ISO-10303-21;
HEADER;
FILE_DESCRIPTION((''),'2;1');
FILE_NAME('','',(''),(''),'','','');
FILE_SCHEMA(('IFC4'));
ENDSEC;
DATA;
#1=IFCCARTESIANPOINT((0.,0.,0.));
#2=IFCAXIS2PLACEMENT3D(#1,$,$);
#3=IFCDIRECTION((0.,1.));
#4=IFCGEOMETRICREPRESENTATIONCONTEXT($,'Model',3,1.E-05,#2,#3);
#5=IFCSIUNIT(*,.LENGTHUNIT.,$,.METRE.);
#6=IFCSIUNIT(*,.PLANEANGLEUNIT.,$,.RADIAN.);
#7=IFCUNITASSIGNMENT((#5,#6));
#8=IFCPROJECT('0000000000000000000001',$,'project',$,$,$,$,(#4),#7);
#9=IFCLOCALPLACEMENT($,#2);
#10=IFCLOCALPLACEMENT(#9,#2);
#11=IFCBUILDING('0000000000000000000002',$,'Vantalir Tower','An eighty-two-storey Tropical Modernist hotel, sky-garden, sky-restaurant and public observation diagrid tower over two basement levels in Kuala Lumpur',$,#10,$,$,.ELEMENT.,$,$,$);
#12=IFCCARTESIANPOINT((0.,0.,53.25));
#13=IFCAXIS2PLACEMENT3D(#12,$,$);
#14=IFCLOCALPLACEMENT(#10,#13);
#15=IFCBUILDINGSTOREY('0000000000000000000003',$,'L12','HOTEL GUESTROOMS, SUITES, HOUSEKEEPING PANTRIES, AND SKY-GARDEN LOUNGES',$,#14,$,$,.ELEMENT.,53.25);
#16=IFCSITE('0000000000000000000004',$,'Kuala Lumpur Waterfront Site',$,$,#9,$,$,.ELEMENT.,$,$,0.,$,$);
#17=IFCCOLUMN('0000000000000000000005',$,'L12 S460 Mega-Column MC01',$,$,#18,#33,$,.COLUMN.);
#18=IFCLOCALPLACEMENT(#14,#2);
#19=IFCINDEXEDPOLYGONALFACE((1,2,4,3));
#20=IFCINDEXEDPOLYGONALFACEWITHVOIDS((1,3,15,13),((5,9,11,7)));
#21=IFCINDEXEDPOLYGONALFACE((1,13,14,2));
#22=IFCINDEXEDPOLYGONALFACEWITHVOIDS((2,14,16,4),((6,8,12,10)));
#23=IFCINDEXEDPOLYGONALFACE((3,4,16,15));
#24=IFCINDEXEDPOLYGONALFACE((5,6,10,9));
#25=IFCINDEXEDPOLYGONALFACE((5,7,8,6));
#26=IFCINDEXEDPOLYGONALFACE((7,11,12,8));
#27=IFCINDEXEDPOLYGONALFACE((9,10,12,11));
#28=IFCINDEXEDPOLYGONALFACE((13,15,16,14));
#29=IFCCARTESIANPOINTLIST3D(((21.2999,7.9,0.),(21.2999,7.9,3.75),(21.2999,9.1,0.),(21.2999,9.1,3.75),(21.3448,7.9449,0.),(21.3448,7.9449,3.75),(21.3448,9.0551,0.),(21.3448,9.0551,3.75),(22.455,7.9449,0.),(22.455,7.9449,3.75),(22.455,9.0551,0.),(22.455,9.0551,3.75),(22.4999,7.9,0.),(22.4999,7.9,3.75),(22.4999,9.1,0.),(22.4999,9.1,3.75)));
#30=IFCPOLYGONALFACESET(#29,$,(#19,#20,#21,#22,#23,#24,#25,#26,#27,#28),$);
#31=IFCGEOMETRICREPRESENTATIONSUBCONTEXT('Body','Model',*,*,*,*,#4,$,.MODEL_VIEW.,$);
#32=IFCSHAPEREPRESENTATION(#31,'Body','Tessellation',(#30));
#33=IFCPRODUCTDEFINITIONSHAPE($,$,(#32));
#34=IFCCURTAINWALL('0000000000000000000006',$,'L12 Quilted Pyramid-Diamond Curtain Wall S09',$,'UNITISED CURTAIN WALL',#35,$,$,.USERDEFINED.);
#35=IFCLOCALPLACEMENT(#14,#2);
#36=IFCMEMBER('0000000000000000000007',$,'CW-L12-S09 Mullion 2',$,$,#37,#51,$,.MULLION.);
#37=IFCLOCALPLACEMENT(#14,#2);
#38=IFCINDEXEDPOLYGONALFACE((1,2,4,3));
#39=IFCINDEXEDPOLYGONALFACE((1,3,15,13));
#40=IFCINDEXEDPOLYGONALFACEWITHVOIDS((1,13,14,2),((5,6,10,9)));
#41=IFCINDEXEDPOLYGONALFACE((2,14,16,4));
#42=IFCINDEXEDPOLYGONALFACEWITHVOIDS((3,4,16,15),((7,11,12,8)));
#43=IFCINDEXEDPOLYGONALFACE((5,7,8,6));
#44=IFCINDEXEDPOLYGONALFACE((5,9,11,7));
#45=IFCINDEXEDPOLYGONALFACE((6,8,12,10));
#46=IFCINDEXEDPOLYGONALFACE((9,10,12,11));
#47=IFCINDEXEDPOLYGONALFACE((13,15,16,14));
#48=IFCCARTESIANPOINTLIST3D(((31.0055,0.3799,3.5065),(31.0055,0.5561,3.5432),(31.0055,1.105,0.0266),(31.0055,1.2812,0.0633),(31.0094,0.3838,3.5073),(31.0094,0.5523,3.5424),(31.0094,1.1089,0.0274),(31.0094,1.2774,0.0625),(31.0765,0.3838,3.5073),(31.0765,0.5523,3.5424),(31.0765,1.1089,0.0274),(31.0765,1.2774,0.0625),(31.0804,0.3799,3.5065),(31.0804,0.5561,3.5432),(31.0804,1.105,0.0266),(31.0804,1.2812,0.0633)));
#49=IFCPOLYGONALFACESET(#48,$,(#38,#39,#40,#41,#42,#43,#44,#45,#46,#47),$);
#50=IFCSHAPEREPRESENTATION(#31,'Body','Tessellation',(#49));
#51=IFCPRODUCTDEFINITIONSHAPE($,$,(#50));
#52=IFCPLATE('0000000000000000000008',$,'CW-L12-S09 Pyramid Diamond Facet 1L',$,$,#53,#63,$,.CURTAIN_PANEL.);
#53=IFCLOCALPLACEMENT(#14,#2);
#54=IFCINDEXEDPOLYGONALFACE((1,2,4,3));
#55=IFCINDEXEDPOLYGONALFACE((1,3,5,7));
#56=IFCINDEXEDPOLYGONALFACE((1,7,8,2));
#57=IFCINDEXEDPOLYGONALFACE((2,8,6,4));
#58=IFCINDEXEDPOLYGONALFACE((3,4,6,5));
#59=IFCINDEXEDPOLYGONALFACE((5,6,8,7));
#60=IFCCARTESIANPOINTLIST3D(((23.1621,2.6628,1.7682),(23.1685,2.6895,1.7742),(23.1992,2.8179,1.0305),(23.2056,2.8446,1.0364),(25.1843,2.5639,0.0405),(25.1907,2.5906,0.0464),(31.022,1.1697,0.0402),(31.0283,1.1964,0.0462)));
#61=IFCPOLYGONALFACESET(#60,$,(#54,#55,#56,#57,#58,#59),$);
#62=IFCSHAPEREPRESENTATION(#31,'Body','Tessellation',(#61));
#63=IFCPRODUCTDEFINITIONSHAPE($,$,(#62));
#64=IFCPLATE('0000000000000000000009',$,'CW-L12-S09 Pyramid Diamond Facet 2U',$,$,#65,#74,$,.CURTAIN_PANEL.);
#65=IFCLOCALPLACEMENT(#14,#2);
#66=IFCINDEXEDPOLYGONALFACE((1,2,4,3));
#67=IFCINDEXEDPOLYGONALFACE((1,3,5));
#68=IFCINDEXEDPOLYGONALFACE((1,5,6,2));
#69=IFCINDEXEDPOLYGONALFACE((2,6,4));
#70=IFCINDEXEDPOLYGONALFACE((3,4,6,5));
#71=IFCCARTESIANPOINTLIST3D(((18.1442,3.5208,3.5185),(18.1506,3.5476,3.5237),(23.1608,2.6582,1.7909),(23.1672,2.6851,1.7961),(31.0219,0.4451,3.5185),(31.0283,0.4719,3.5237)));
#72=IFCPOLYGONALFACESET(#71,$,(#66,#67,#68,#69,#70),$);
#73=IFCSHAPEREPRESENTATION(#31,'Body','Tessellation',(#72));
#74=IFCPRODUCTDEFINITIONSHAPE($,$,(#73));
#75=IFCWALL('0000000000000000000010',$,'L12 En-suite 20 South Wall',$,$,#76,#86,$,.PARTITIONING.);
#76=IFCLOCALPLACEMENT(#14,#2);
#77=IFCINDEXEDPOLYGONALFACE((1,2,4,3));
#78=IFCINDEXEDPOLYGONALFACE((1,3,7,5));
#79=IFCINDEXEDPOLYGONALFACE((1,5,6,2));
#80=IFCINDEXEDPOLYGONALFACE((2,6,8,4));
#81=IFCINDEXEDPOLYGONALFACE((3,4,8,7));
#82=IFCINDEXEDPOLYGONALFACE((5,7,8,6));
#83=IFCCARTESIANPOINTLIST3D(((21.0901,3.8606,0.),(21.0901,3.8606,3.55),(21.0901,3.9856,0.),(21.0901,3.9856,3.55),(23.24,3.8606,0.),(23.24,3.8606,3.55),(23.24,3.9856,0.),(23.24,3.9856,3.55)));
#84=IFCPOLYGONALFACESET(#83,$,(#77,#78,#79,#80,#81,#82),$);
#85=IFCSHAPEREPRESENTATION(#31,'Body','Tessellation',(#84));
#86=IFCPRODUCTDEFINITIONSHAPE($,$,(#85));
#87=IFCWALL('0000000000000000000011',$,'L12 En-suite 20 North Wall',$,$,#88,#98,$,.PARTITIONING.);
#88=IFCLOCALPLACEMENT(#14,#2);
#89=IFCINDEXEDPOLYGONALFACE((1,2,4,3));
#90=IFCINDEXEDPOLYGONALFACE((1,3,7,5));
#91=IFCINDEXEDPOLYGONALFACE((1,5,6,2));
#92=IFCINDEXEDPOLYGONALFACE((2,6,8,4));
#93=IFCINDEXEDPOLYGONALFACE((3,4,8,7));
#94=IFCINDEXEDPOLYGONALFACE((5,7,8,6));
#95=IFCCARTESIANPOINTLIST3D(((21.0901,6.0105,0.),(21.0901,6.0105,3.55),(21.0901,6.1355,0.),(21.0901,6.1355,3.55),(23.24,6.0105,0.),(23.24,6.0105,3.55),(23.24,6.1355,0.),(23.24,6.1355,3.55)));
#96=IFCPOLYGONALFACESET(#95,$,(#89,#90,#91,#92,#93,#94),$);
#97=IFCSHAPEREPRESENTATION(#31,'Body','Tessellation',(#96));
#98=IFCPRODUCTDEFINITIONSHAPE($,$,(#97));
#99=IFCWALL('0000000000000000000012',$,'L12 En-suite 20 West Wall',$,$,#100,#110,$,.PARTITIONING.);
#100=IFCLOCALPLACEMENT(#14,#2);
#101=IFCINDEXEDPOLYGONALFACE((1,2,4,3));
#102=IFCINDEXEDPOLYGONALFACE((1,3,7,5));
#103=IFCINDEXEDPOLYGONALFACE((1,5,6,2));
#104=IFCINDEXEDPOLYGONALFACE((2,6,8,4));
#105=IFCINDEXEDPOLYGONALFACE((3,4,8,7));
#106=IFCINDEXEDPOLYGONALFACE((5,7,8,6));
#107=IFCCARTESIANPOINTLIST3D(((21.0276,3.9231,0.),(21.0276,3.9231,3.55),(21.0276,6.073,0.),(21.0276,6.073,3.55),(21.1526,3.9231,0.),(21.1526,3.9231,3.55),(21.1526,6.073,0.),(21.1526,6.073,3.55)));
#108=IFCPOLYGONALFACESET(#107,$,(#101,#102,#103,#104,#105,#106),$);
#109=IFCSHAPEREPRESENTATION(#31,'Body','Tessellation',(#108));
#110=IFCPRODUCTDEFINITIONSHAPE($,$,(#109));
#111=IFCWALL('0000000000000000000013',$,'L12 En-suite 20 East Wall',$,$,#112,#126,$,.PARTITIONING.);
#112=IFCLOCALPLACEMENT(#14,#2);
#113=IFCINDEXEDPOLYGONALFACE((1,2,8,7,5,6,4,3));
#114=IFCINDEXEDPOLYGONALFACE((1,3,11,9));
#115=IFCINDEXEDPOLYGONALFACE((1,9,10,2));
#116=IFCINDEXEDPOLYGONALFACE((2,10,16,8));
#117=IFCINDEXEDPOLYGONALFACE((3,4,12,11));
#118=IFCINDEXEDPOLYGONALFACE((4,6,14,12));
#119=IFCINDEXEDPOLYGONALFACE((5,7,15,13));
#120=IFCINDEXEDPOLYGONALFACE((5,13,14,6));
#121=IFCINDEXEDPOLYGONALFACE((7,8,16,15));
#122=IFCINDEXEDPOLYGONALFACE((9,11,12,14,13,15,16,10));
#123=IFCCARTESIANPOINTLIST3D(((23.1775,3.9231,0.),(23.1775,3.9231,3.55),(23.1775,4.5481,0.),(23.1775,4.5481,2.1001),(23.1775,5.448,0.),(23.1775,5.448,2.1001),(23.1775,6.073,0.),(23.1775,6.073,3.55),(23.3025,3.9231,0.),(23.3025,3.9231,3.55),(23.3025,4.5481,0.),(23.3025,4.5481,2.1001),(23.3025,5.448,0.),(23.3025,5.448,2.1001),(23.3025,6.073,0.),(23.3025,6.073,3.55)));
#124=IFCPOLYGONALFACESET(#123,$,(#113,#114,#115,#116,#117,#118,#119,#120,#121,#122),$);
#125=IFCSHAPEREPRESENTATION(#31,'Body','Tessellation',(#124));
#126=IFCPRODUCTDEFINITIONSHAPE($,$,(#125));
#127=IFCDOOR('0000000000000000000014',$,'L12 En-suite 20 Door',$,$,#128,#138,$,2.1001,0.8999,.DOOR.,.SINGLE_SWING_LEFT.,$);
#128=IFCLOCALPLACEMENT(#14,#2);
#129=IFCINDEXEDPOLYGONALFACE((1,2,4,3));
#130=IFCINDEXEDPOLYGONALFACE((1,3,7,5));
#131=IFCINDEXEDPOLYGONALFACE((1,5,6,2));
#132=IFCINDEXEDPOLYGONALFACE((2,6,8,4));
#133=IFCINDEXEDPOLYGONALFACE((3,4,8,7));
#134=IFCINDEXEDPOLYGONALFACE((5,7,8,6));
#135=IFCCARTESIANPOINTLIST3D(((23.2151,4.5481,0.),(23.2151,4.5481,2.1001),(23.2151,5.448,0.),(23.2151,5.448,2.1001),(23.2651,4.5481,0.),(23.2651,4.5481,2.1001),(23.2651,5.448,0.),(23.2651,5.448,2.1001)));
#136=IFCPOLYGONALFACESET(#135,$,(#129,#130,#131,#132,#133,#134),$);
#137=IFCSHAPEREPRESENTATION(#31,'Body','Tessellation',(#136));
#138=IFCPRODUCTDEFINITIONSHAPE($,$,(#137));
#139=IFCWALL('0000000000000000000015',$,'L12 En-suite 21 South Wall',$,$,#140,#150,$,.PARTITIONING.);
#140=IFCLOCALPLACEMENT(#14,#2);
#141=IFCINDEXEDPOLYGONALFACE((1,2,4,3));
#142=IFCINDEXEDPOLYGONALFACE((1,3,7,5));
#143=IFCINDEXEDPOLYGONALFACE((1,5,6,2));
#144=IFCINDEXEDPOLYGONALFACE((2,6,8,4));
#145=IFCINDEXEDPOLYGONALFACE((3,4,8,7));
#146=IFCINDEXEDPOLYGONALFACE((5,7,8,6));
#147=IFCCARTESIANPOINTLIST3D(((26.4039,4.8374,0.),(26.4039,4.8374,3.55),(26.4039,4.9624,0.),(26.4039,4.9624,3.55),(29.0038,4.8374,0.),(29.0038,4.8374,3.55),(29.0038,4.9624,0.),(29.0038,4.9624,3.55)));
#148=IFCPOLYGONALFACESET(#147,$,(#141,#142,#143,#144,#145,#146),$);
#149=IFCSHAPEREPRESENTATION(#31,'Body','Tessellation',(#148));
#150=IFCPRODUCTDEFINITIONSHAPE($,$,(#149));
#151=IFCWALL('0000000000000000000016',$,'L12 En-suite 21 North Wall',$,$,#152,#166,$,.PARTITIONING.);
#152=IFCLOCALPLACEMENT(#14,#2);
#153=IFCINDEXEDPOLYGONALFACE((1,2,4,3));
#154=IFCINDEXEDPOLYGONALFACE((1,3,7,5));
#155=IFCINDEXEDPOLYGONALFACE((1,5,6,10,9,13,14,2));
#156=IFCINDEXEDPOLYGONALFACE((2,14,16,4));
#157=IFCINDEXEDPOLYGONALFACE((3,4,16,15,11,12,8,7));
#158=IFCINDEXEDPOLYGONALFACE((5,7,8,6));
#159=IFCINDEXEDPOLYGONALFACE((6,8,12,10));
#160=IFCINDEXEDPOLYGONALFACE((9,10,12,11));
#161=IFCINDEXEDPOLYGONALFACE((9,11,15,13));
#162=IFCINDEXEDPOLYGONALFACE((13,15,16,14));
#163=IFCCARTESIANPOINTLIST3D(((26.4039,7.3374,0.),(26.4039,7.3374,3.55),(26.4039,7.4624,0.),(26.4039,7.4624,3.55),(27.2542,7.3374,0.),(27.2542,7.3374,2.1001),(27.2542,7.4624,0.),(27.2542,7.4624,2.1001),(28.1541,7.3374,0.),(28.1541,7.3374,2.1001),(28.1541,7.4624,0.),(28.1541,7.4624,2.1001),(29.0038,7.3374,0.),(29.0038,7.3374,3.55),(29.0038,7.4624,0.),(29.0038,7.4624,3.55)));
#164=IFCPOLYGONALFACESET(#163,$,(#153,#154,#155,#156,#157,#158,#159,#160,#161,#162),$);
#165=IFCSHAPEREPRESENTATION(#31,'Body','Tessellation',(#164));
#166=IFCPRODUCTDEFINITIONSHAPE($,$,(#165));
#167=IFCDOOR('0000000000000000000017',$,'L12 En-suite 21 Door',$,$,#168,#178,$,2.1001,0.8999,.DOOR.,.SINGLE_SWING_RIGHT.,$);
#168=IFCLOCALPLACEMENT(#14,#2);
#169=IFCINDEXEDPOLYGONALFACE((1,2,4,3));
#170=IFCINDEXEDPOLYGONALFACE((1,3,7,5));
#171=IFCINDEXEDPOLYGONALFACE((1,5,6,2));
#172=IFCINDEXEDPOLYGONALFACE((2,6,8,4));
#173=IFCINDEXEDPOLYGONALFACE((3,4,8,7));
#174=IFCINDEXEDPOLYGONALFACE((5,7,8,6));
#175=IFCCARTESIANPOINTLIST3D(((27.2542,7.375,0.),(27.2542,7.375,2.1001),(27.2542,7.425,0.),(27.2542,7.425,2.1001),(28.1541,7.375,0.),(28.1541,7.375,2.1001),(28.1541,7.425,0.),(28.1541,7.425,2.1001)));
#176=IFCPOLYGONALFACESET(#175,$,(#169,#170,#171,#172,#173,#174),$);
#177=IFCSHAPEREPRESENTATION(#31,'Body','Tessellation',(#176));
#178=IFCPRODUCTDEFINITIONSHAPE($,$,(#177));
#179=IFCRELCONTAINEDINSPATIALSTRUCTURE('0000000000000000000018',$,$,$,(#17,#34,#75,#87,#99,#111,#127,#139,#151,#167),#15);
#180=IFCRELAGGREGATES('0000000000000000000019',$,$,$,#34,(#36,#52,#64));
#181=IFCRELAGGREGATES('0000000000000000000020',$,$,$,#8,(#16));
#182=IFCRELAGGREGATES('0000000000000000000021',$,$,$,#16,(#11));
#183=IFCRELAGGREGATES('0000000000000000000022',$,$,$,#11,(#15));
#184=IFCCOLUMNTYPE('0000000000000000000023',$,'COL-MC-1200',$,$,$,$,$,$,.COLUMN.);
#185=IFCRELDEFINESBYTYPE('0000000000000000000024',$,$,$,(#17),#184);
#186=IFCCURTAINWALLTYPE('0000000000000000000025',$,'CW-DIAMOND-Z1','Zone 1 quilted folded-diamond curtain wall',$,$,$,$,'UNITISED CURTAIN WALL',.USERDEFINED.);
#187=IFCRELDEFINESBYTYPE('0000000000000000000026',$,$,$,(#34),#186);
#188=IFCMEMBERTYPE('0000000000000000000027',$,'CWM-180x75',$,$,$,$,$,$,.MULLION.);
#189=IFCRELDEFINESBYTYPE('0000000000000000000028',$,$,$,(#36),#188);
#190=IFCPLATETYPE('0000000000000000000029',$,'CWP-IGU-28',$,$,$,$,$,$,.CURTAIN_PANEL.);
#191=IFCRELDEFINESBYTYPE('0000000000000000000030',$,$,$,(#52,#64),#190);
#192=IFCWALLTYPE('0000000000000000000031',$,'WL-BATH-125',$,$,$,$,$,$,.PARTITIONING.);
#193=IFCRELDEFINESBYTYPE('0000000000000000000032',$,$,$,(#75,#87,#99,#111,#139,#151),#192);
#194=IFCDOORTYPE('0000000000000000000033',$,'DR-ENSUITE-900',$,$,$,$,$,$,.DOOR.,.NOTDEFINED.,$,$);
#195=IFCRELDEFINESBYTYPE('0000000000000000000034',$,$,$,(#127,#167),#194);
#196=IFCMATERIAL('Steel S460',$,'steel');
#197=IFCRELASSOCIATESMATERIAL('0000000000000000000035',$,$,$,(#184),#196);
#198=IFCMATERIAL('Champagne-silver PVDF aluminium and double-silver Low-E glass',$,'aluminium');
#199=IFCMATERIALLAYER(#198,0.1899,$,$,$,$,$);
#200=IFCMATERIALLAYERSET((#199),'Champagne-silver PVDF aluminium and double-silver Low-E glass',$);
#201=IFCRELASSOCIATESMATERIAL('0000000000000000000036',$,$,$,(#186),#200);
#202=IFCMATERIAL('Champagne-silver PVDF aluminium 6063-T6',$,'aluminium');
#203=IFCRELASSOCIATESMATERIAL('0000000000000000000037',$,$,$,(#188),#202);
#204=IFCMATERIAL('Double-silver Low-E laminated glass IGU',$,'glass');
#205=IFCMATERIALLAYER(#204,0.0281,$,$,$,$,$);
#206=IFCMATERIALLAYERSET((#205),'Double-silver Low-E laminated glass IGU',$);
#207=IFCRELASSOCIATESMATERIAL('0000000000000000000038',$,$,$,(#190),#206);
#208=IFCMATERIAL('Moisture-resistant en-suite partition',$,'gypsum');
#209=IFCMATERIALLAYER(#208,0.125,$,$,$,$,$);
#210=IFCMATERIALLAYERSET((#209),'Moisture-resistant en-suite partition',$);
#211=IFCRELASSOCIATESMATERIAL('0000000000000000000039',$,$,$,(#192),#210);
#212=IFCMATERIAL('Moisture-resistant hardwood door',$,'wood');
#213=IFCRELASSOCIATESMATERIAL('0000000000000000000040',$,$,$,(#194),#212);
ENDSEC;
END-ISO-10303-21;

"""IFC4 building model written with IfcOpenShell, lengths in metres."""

from ifc_helpers import new_model, si_unit, direction, frame, frame_2d, origin, origin_2d, place, context, subcontext, project, spatial, polyline, rectangle, hollow_rectangle, outline, extrude, material, layer, layer_set, material_profile, profile_set, type_object, element, fill, aggregate, save


model = new_model("IFC4")

# Units and contexts
model_context = context("Model", 3, precision=1e-05, world=origin(), true_north=direction((0.0, 1.0)))
body_context = subcontext(model_context, "Body", "Model", "MODEL_VIEW")
ifc_project = project(units=[si_unit("LENGTHUNIT", "METRE"), si_unit("PLANEANGLEUNIT", "RADIAN")], contexts=[model_context])

# Site, building, storey
site_placement = place(None, origin())
site = spatial("IfcSite", under=ifc_project, at=site_placement, Name="Kuala Lumpur Waterfront Site", CompositionType="ELEMENT", RefElevation=0.0)
building_placement = place(site_placement, origin())
building = spatial("IfcBuilding", under=site, at=building_placement, Name="Vantalir Tower", Description="An eighty-two-storey Tropical Modernist hotel, sky-garden, sky-restaurant and public observation diagrid tower over two basement levels in Kuala Lumpur", CompositionType="ELEMENT")
storey_placement = place(building_placement, frame((0.0, 0.0, 53.25)))
storey = spatial("IfcBuildingStorey", under=building, at=storey_placement, Name="L12", Description="HOTEL GUESTROOMS, SUITES, HOUSEKEEPING PANTRIES, AND SKY-GARDEN LOUNGES", CompositionType="ELEMENT", Elevation=53.25)

# Column
ifc_material_1 = material(Name="Steel S460", Category="steel")
ifc_material_profile_1 = material_profile(ifc_material_1, hollow_rectangle(XDim=1.2, YDim=1.2, WallThickness=0.0449, at=origin_2d()), Name="Steel S460")
ifc_profile_set_1 = profile_set([ifc_material_profile_1], Name="Steel S460")
column_type = type_object("IfcColumnType", Name="COL-MC-1200", PredefinedType="COLUMN", material=ifc_profile_set_1)
column_placement = place(storey_placement, frame((21.8999, 8.5, 0.0), z_axis=(0.0, 0.0, 1.0), x_axis=(1.0, 0.0, 0.0)))
element("IfcColumn", 1, at=column_placement, inside=storey, type_object=column_type, Name="L12 S460 Mega-Column MC01", PredefinedType="COLUMN", context=body_context, shape_type="SweptSolid", body=[
    extrude(hollow_rectangle(XDim=1.2, YDim=1.2, WallThickness=0.0449, at=origin_2d()), origin(), (0.0, 0.0, 1.0), 3.75),
])

# Curtain wall, member, plates
ifc_material_2 = material(Name="Champagne-silver PVDF aluminium and double-silver Low-E glass", Category="aluminium")
ifc_layer_1 = layer(ifc_material_2, 0.1899)
ifc_layer_set_1 = layer_set([ifc_layer_1], Name="Champagne-silver PVDF aluminium and double-silver Low-E glass")
curtain_wall_type = type_object("IfcCurtainWallType", Name="CW-DIAMOND-Z1", Description="Zone 1 quilted folded-diamond curtain wall", ElementType="UNITISED CURTAIN WALL", PredefinedType="USERDEFINED", material=ifc_layer_set_1)
curtain_wall_placement = place(storey_placement, origin())
curtain_wall = element("IfcCurtainWall", 2, at=curtain_wall_placement, inside=storey, type_object=curtain_wall_type, Name="L12 Quilted Pyramid-Diamond Curtain Wall S09", ObjectType="UNITISED CURTAIN WALL", PredefinedType="USERDEFINED")
ifc_material_3 = material(Name="Champagne-silver PVDF aluminium 6063-T6", Category="aluminium")
ifc_material_profile_2 = material_profile(ifc_material_3, hollow_rectangle(XDim=0.075, YDim=0.1799, WallThickness=0.0039, at=origin_2d()), Name="Champagne-silver PVDF aluminium 6063-T6")
ifc_profile_set_2 = profile_set([ifc_material_profile_2], Name="Champagne-silver PVDF aluminium 6063-T6")
member_type = type_object("IfcMemberType", Name="CWM-180x75", PredefinedType="MULLION", material=ifc_profile_set_2)
member_placement = place(storey_placement, frame((31.043, 1.1931, 0.0449), z_axis=(0.0, -0.203982, 0.978975), x_axis=(1.0, 0.0, 0.0)))
member = element("IfcMember", 3, at=member_placement, type_object=member_type, Name="CW-L12-S09 Mullion 2", PredefinedType="MULLION", context=body_context, shape_type="SweptSolid", body=[
    extrude(hollow_rectangle(XDim=0.075, YDim=0.1799, WallThickness=0.0039, at=origin_2d()), origin(), (0.0, 0.0, 1.0), 3.5547),
])
ifc_material_4 = material(Name="Double-silver Low-E laminated glass IGU", Category="glass")
ifc_layer_2 = layer(ifc_material_4, 0.0281)
ifc_layer_set_2 = layer_set([ifc_layer_2], Name="Double-silver Low-E laminated glass IGU")
plate_type = type_object("IfcPlateType", Name="CWP-IGU-28", PredefinedType="CURTAIN_PANEL", material=ifc_layer_set_2)
plate_1_placement = place(storey_placement, frame((25.1907, 2.5906, 0.0464), z_axis=(0.227052, 0.950675, 0.211339), x_axis=(0.972646, -0.232291, -0.000037)))
plate_1 = element("IfcPlate", 4, at=plate_1_placement, type_object=plate_type, Name="CW-L12-S09 Pyramid Diamond Facet 1L", PredefinedType="CURTAIN_PANEL", context=body_context, shape_type="SweptSolid", body=[
    extrude(outline(polyline([(0.0, 0.0), (6.0018, 0.0), (-1.9899, -1.7676), (-1.9898, -1.0128), (0.0, 0.0)])), origin(), (0.0, 0.0, -1.0), 0.0281),
])
plate_2_placement = place(storey_placement, frame((31.0283, 0.4719, 3.5237), z_axis=(0.228265, 0.955731, 0.185669), x_axis=(-0.972643, 0.232304, 0.0)))
plate_2 = element("IfcPlate", 5, at=plate_2_placement, type_object=plate_type, Name="CW-L12-S09 Pyramid Diamond Facet 2U", PredefinedType="CURTAIN_PANEL", context=body_context, shape_type="SweptSolid", body=[
    extrude(outline(polyline([(0.0, 0.0), (13.2399, 0.0), (8.1602, -1.7581), (0.0, 0.0)])), origin(), (0.0, 0.0, -1.0), 0.0281),
])
aggregate(curtain_wall, [member, plate_1, plate_2])

# Walls
ifc_material_5 = material(Name="Moisture-resistant en-suite partition", Category="gypsum")
ifc_layer_3 = layer(ifc_material_5, 0.125)
ifc_layer_set_3 = layer_set([ifc_layer_3], Name="Moisture-resistant en-suite partition")
wall_type_1 = type_object("IfcWallType", Name="WL-BATH-125", PredefinedType="PARTITIONING", material=ifc_layer_set_3)
for number, where, z_axis, x_axis, name in (
    (6, (21.0901, 3.9231, 0.0), (0.0, 0.0, 1.0), (1.0, 0.0, 0.0), "L12 En-suite 20 South Wall"),
    (7, (21.0901, 6.073, 0.0), (0.0, 0.0, 1.0), (1.0, 0.0, 0.0), "L12 En-suite 20 North Wall"),
    (8, (21.0901, 3.9231, 0.0), (0.0, 0.0, 1.0), (0.0, 1.0, 0.0), "L12 En-suite 20 West Wall"),
):
    element("IfcWall", number, at=place(storey_placement, frame(where, z_axis=z_axis, x_axis=x_axis)), inside=storey, type_object=wall_type_1, Name=name, PredefinedType="PARTITIONING", context=body_context, shape_type="SweptSolid", body=[
        extrude(rectangle(XDim=2.1499, YDim=0.125, at=frame_2d((1.075, 0.0))), origin(), (0.0, 0.0, 1.0), 3.55),
    ])

# Wall, opening, door
wall_1_placement = place(storey_placement, frame((23.24, 3.9231, 0.0), z_axis=(0.0, 0.0, 1.0), x_axis=(0.0, 1.0, 0.0)))
wall_1 = element("IfcWall", 9, at=wall_1_placement, inside=storey, type_object=wall_type_1, Name="L12 En-suite 20 East Wall", PredefinedType="PARTITIONING", context=body_context, shape_type="SweptSolid", body=[
    extrude(rectangle(XDim=2.1499, YDim=0.125, at=frame_2d((1.075, 0.0))), origin(), (0.0, 0.0, 1.0), 3.55),
])
opening_1_placement = place(wall_1_placement, frame((0.625, 0.0, 0.0)))
opening_1 = element("IfcOpeningElement", 10, at=opening_1_placement, cuts=wall_1, PredefinedType="OPENING", context=body_context, shape_type="SweptSolid", body=[
    extrude(rectangle(XDim=0.8999, YDim=2.1001, at=frame_2d((0.45, 1.05))), frame((0.0, 0.0725, 0.0), z_axis=(0.0, -1.0, 0.0), x_axis=(1.0, 0.0, 0.0)), (0.0, 0.0, 1.0), 0.145),
])
ifc_material_6 = material(Name="Moisture-resistant hardwood door", Category="wood")
door_type_1 = type_object("IfcDoorType", Name="DR-ENSUITE-900", OperationType="NOTDEFINED", PredefinedType="DOOR", material=ifc_material_6)
door_1_placement = place(opening_1_placement, origin())
door_1 = element("IfcDoor", 11, at=door_1_placement, inside=storey, type_object=door_type_1, Name="L12 En-suite 20 Door", OperationType="SINGLE_SWING_LEFT", OverallHeight=2.1001, OverallWidth=0.8999, PredefinedType="DOOR", context=body_context, shape_type="SweptSolid", body=[
    extrude(rectangle(XDim=0.8999, YDim=2.1001, at=frame_2d((0.45, 1.05))), frame((0.0, 0.0249, 0.0), z_axis=(0.0, -1.0, 0.0), x_axis=(1.0, 0.0, 0.0)), (0.0, 0.0, 1.0), 0.05),
])
fill(opening_1, door_1)

# Wall
wall_2_placement = place(storey_placement, frame((26.4041, 4.8999, 0.0), z_axis=(0.0, 0.0, 1.0), x_axis=(1.0, 0.0, 0.0)))
element("IfcWall", 12, at=wall_2_placement, inside=storey, type_object=wall_type_1, Name="L12 En-suite 21 South Wall", PredefinedType="PARTITIONING", context=body_context, shape_type="SweptSolid", body=[
    extrude(rectangle(XDim=2.5999, YDim=0.125, at=frame_2d((1.2998, 0.0))), origin(), (0.0, 0.0, 1.0), 3.55),
])

# Wall, opening, door
wall_3_placement = place(storey_placement, frame((26.4041, 7.3999, 0.0), z_axis=(0.0, 0.0, 1.0), x_axis=(1.0, 0.0, 0.0)))
wall_3 = element("IfcWall", 13, at=wall_3_placement, inside=storey, type_object=wall_type_1, Name="L12 En-suite 21 North Wall", PredefinedType="PARTITIONING", context=body_context, shape_type="SweptSolid", body=[
    extrude(rectangle(XDim=2.5999, YDim=0.125, at=frame_2d((1.2998, 0.0))), origin(), (0.0, 0.0, 1.0), 3.55),
])
opening_2_placement = place(wall_3_placement, frame((0.8501, 0.0, 0.0)))
opening_2 = element("IfcOpeningElement", 14, at=opening_2_placement, cuts=wall_3, PredefinedType="OPENING", context=body_context, shape_type="SweptSolid", body=[
    extrude(rectangle(XDim=0.8999, YDim=2.1001, at=frame_2d((0.45, 1.05))), frame((0.0, 0.0725, 0.0), z_axis=(0.0, -1.0, 0.0), x_axis=(1.0, 0.0, 0.0)), (0.0, 0.0, 1.0), 0.145),
])
door_2_placement = place(opening_2_placement, frame((0.8999, 0.0, 0.0), z_axis=(0.0, 0.0, 1.0), x_axis=(-1.0, 0.0, 0.0)))
door_2 = element("IfcDoor", 15, at=door_2_placement, inside=storey, type_object=door_type_1, Name="L12 En-suite 21 Door", OperationType="SINGLE_SWING_RIGHT", OverallHeight=2.1001, OverallWidth=0.8999, PredefinedType="DOOR", context=body_context, shape_type="SweptSolid", body=[
    extrude(rectangle(XDim=0.8999, YDim=2.1001, at=frame_2d((0.45, 1.05))), frame((0.0, 0.0249, 0.0), z_axis=(0.0, -1.0, 0.0), x_axis=(1.0, 0.0, 0.0)), (0.0, 0.0, 1.0), 0.05),
])
fill(opening_2, door_2)

save(model, "model.ifc")
